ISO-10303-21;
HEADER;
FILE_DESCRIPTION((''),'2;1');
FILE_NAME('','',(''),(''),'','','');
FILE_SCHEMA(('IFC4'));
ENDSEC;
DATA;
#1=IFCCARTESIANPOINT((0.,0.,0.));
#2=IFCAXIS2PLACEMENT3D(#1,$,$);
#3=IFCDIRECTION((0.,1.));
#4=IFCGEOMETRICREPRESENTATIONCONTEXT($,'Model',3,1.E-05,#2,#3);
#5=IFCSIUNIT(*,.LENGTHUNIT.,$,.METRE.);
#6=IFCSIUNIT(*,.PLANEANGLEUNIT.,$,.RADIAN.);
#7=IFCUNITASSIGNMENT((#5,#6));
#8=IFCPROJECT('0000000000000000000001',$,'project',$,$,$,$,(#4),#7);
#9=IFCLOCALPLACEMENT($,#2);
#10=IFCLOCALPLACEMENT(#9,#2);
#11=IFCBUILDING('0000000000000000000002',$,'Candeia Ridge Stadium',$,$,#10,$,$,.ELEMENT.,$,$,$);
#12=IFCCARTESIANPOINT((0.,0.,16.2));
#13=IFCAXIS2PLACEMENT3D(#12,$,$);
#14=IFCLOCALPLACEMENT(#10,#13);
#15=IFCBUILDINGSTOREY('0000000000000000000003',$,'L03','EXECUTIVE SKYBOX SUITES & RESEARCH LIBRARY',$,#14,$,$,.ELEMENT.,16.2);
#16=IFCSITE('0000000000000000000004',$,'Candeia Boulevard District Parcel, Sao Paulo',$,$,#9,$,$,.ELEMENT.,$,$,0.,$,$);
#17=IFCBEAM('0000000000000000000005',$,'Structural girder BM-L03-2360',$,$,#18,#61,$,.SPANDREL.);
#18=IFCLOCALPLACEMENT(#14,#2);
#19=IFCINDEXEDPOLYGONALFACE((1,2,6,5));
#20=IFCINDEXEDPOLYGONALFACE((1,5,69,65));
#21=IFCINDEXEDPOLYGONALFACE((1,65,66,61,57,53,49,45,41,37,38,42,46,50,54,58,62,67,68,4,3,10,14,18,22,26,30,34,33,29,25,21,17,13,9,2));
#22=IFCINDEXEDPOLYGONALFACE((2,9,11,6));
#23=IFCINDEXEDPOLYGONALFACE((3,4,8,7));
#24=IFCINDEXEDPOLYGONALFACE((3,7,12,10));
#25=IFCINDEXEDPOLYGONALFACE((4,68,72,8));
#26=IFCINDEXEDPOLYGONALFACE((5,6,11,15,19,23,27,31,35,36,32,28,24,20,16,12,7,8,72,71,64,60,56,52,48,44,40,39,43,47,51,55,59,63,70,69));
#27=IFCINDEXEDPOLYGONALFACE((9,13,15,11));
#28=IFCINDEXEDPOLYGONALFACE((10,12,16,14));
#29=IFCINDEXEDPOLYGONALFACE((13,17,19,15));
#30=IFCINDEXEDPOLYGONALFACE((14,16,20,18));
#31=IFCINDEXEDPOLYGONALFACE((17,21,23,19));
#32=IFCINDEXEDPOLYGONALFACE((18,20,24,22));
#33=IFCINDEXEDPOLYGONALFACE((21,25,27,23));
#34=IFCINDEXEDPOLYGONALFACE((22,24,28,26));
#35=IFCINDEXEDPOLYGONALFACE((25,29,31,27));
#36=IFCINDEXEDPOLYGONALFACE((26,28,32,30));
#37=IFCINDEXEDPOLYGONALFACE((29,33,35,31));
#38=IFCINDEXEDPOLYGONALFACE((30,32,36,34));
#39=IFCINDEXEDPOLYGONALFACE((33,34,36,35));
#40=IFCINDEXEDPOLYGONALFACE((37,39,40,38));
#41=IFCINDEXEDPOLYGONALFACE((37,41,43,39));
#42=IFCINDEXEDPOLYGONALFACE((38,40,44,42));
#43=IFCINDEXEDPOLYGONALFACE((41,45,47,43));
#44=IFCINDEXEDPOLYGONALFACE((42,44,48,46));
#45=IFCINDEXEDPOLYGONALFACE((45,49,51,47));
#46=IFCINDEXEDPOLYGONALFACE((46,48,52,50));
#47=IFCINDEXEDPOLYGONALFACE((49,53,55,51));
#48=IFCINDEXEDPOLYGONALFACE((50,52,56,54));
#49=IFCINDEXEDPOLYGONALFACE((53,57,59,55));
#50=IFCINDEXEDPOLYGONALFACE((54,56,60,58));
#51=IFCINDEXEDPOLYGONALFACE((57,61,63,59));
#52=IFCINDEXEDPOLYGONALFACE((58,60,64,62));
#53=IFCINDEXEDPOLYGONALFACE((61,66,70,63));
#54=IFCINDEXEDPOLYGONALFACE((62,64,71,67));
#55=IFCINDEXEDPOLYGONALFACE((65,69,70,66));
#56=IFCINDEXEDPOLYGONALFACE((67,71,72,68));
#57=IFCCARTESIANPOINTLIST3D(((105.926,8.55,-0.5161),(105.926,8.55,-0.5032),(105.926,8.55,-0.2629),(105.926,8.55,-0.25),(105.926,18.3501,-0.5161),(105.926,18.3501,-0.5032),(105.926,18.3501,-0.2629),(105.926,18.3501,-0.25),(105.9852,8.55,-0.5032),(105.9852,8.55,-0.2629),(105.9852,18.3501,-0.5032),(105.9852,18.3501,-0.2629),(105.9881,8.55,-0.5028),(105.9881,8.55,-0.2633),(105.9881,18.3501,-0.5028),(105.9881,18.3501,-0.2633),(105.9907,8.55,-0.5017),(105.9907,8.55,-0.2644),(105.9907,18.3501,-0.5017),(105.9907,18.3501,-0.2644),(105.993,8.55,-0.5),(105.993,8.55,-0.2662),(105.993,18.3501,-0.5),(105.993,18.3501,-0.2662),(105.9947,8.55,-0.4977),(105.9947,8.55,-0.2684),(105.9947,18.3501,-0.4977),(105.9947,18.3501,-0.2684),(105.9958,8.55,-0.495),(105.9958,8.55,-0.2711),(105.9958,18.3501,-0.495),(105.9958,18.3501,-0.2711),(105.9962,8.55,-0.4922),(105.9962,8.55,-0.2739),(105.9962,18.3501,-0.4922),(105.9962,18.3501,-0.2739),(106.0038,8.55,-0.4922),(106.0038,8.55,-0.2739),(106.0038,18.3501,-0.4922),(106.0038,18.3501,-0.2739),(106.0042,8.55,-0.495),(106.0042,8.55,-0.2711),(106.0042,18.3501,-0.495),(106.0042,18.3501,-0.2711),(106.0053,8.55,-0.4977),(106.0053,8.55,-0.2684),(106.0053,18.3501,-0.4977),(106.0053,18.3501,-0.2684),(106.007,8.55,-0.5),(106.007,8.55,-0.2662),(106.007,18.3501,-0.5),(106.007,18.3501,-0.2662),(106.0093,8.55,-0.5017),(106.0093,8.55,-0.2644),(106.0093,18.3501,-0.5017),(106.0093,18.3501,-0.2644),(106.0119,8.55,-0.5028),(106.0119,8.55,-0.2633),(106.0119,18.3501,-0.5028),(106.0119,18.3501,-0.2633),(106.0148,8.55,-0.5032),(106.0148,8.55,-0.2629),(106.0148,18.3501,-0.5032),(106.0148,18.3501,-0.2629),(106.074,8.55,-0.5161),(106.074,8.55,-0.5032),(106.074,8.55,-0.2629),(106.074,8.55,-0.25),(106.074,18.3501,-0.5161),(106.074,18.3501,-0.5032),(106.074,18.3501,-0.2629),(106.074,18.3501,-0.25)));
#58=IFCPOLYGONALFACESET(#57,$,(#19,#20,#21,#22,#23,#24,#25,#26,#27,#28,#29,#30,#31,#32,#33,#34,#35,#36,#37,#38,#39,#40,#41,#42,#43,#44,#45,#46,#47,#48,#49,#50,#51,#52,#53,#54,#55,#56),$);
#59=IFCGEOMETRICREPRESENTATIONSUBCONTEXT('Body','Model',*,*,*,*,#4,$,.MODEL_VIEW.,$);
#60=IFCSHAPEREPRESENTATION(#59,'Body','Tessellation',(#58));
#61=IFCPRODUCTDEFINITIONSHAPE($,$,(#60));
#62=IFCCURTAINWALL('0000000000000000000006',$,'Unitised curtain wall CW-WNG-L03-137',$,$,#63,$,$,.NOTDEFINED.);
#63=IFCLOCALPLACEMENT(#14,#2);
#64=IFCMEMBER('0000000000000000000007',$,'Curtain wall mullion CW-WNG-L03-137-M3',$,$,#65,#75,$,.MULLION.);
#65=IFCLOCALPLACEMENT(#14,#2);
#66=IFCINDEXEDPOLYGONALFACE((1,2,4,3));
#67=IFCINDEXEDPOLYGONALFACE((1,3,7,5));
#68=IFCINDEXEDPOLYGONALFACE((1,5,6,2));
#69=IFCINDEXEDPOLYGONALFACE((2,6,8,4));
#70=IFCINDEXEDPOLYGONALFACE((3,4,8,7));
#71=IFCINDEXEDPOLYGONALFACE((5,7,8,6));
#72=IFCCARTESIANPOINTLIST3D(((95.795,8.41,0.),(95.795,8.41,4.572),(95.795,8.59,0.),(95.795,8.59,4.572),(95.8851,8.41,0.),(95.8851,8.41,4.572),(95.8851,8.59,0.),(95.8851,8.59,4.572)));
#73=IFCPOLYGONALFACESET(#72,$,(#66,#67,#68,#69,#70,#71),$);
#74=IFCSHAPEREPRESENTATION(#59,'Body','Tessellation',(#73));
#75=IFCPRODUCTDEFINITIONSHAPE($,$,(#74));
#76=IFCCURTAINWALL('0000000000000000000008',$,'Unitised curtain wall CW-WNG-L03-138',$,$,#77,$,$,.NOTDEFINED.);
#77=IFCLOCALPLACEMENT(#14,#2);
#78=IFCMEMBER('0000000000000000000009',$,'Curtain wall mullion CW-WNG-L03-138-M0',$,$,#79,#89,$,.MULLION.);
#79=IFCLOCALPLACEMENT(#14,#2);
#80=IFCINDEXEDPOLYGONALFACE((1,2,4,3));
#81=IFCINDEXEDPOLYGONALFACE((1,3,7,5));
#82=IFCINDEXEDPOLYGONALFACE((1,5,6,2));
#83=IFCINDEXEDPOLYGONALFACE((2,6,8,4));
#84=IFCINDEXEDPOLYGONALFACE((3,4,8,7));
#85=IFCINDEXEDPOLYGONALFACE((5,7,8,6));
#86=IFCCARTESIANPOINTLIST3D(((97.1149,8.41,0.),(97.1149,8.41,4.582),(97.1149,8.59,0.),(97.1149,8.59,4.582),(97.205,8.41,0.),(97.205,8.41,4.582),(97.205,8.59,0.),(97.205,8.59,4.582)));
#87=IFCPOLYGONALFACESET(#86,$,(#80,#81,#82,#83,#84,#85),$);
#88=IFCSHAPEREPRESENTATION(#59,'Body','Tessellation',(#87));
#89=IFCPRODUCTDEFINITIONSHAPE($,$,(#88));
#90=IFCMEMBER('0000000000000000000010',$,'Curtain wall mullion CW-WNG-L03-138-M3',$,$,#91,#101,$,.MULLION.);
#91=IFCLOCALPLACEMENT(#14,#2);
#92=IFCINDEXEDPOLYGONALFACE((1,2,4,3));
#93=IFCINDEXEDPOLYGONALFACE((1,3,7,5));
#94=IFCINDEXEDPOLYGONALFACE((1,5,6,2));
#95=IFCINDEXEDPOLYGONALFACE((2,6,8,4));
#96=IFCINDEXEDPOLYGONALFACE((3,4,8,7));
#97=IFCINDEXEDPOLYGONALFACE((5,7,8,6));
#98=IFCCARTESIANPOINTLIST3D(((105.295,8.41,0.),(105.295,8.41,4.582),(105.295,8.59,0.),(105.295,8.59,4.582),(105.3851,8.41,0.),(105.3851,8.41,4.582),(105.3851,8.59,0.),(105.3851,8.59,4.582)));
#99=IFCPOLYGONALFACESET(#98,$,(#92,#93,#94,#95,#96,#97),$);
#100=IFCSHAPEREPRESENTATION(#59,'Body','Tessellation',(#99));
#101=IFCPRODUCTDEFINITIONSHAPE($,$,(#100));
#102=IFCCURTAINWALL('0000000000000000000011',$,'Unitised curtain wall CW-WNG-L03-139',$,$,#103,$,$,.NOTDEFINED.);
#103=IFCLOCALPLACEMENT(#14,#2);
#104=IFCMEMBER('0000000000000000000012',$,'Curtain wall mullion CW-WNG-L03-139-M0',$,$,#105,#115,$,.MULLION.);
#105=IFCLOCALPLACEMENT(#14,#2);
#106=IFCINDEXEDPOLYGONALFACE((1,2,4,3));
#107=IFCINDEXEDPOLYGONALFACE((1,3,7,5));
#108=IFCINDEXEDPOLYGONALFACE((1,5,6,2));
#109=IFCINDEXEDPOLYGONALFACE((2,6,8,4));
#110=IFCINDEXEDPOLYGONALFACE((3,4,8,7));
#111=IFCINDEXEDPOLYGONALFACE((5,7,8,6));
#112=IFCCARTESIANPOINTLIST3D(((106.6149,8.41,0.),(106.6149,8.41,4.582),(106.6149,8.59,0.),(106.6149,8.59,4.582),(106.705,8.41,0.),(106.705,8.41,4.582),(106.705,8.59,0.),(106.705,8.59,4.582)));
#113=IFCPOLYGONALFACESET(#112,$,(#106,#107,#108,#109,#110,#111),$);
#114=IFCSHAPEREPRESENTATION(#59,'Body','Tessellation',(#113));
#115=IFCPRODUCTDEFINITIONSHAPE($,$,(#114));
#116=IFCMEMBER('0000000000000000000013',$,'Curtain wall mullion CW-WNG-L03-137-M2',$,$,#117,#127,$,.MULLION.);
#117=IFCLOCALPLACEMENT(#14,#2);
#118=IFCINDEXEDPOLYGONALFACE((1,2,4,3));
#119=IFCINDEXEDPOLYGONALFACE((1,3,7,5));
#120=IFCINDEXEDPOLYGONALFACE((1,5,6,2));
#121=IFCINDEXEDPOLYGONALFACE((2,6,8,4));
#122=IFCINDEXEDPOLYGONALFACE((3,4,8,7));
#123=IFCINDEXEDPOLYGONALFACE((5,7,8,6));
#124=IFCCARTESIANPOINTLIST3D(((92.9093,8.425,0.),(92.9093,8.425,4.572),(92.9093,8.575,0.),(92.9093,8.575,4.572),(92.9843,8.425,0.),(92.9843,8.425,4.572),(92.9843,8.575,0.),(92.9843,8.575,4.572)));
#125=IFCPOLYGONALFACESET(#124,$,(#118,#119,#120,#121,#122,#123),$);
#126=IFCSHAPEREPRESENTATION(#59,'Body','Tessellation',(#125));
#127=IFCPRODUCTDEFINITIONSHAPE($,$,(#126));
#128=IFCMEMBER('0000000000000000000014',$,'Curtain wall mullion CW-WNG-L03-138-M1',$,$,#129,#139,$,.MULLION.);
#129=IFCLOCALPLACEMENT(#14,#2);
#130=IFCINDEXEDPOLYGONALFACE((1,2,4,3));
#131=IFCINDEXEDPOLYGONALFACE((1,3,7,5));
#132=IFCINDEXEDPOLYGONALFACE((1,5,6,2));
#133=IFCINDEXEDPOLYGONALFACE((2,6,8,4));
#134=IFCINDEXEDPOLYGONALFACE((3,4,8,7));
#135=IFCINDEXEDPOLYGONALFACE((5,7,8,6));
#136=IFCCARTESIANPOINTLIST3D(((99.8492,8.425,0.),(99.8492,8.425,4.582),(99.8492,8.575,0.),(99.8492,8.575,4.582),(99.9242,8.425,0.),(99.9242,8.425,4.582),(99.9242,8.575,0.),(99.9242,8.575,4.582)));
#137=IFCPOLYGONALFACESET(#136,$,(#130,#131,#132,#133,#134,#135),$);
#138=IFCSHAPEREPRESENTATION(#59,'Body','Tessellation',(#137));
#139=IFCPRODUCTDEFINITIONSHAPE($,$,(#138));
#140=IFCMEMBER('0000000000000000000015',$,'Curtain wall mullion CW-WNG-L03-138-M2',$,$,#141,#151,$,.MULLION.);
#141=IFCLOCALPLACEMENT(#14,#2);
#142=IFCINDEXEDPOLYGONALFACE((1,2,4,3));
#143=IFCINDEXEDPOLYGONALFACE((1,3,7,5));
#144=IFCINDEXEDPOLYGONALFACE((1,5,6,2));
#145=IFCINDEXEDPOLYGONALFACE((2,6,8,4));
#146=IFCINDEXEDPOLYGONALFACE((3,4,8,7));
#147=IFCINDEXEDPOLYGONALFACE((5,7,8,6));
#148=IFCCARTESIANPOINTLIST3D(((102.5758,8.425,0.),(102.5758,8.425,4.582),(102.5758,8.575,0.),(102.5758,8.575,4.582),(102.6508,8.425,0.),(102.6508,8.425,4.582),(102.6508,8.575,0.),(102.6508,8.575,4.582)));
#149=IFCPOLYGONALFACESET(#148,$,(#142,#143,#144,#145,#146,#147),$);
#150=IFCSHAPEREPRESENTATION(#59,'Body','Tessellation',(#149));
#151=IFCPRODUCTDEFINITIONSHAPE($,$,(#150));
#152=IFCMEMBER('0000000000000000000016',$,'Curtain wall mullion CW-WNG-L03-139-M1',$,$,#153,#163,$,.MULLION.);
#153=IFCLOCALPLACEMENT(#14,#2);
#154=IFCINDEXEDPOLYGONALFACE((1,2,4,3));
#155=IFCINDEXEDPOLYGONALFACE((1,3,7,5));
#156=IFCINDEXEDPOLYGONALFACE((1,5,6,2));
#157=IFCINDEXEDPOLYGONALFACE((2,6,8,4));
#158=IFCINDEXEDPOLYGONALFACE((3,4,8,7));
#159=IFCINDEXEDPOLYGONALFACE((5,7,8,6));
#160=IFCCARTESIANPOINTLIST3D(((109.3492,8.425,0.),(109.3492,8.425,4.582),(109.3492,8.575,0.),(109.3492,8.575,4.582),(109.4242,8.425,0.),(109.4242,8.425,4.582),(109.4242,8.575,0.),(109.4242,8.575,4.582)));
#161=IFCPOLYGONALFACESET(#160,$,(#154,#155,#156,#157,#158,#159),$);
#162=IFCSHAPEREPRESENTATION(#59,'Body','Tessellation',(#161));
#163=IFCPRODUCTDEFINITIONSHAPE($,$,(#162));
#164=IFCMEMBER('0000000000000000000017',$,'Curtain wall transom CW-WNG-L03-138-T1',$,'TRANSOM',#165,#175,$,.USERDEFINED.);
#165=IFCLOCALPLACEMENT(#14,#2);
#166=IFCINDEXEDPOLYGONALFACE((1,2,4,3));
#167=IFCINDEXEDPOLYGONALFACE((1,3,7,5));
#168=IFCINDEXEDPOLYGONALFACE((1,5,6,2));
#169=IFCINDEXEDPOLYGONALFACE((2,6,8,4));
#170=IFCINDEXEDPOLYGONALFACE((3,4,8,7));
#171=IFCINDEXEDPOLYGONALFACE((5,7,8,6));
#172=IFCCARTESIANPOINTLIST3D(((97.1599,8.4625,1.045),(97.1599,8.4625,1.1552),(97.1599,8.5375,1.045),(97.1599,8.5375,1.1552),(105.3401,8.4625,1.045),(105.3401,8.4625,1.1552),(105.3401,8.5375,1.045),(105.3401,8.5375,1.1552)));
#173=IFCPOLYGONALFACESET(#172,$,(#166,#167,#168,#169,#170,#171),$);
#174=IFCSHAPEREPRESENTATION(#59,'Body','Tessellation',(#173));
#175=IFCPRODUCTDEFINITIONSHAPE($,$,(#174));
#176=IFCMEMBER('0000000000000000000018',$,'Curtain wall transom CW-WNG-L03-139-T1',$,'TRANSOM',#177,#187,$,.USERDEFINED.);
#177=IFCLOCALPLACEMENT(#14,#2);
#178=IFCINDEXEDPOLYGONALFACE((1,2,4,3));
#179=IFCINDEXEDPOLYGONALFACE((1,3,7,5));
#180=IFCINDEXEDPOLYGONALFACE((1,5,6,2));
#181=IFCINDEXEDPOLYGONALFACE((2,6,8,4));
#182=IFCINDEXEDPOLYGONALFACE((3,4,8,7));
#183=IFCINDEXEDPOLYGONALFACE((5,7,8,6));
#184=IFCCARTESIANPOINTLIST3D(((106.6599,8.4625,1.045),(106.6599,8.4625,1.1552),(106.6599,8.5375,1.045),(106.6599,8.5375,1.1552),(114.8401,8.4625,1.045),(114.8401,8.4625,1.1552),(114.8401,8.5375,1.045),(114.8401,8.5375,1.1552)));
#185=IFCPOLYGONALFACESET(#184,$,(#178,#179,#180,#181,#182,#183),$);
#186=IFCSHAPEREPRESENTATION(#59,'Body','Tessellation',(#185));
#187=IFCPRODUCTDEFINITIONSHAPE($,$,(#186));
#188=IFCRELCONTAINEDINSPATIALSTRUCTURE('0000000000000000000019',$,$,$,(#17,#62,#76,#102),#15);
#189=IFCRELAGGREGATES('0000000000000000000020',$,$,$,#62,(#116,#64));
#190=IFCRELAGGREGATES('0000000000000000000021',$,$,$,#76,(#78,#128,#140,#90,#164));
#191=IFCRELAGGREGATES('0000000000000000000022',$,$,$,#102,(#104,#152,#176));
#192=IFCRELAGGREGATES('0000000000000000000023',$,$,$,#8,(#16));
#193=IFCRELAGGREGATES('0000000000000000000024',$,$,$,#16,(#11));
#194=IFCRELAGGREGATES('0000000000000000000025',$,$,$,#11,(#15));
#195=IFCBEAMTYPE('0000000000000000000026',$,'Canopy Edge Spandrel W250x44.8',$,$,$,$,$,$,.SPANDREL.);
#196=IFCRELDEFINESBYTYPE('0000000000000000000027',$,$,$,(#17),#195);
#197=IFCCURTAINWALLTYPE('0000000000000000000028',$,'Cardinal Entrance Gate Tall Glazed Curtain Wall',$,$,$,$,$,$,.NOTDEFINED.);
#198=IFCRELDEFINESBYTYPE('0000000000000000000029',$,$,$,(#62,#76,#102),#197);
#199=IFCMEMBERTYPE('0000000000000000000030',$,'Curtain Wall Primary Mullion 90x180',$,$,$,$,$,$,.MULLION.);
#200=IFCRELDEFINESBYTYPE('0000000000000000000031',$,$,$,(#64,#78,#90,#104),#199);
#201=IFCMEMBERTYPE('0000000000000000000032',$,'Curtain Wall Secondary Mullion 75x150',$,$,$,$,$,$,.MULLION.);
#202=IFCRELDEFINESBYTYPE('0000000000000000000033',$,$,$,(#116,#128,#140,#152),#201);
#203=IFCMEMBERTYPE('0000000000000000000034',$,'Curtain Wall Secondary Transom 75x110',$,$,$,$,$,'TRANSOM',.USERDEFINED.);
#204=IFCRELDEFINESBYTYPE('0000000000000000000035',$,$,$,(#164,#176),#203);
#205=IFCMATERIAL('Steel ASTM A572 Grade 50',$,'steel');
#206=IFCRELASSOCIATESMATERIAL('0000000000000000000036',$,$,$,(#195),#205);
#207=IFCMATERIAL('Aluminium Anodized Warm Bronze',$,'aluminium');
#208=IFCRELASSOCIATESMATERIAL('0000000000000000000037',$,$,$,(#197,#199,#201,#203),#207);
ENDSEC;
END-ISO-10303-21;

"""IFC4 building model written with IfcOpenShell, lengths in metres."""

from ifc_helpers import new_model, si_unit, direction, frame, origin, origin_2d, place, context, subcontext, project, spatial, rectangle, i_section, extrude, material, material_profile, profile_set, type_object, element, aggregate, save


model = new_model("IFC4")

# Units and contexts
model_context = context("Model", 3, precision=1e-05, world=origin(), true_north=direction((0.0, 1.0)))
body_context = subcontext(model_context, "Body", "Model", "MODEL_VIEW")
ifc_project = project(units=[si_unit("LENGTHUNIT", "METRE"), si_unit("PLANEANGLEUNIT", "RADIAN")], contexts=[model_context])

# Site, building, storey
site_placement = place(None, origin())
site = spatial("IfcSite", under=ifc_project, at=site_placement, Name="Candeia Boulevard District Parcel, Sao Paulo", CompositionType="ELEMENT", RefElevation=0.0)
building_placement = place(site_placement, origin())
building = spatial("IfcBuilding", under=site, at=building_placement, Name="Candeia Ridge Stadium", CompositionType="ELEMENT")
storey_placement = place(building_placement, frame((0.0, 0.0, 16.2)))
storey = spatial("IfcBuildingStorey", under=building, at=storey_placement, Name="L03", Description="EXECUTIVE SKYBOX SUITES & RESEARCH LIBRARY", CompositionType="ELEMENT", Elevation=16.2)

# Shared definitions
ifc_material_1 = material(Name="Steel ASTM A572 Grade 50", Category="steel")

# Beam
ifc_material_profile_1 = material_profile(ifc_material_1, i_section(OverallWidth=0.1479, OverallDepth=0.2661, WebThickness=0.0076, FlangeThickness=0.0129, FilletRadius=0.011, at=origin_2d()), Name="W250x44.8", Category="steel")
ifc_profile_set_1 = profile_set([ifc_material_profile_1], Name="Steel ASTM A572 Grade 50")
beam_type_1 = type_object("IfcBeamType", Name="Canopy Edge Spandrel W250x44.8", PredefinedType="SPANDREL", material=ifc_profile_set_1)
for number, where, z_axis, x_axis, name in (
    (1, (106.0, 8.55, -0.3831), (0.0, 1.0, 0.0), (-1.0, 0.0, 0.0), "Structural girder BM-L03-2360"),
):
    element("IfcBeam", number, at=place(storey_placement, frame(where, z_axis=z_axis, x_axis=x_axis)), inside=storey, type_object=beam_type_1, Name=name, PredefinedType="SPANDREL", context=body_context, shape_type="SweptSolid", body=[
        extrude(i_section(OverallWidth=0.1479, OverallDepth=0.2661, WebThickness=0.0076, FlangeThickness=0.0129, FilletRadius=0.011, at=origin_2d()), origin(), (0.0, 0.0, 1.0), 9.8),
    ])

# Curtain wall, member
ifc_material_2 = material(Name="Aluminium Anodized Warm Bronze", Category="aluminium")
curtain_wall_type = type_object("IfcCurtainWallType", Name="Cardinal Entrance Gate Tall Glazed Curtain Wall", PredefinedType="NOTDEFINED", material=ifc_material_2)
curtain_wall_1_placement = place(storey_placement, origin())
curtain_wall_1 = element("IfcCurtainWall", 2, at=curtain_wall_1_placement, inside=storey, type_object=curtain_wall_type, Name="Unitised curtain wall CW-WNG-L03-137", PredefinedType="NOTDEFINED")
ifc_material_profile_2 = material_profile(ifc_material_2, rectangle(XDim=0.0901, YDim=0.1799, at=origin_2d()), Name="CWM-90x180", Category="aluminium")
ifc_profile_set_2 = profile_set([ifc_material_profile_2], Name="Aluminium Anodized Warm Bronze")
member_type_1 = type_object("IfcMemberType", Name="Curtain Wall Primary Mullion 90x180", PredefinedType="MULLION", material=ifc_profile_set_2)
member_1_placement = place(storey_placement, frame((95.8401, 8.5, 0.0), z_axis=(0.0, 0.0, 1.0), x_axis=(1.0, 0.0, 0.0)))
member_1 = element("IfcMember", 3, at=member_1_placement, type_object=member_type_1, Name="Curtain wall mullion CW-WNG-L03-137-M3", PredefinedType="MULLION", context=body_context, shape_type="SweptSolid", body=[
    extrude(rectangle(XDim=0.0901, YDim=0.1799, at=origin_2d()), origin(), (0.0, 0.0, 1.0), 4.572),
])

# Curtain wall, members
curtain_wall_2_placement = place(storey_placement, origin())
curtain_wall_2 = element("IfcCurtainWall", 4, at=curtain_wall_2_placement, inside=storey, type_object=curtain_wall_type, Name="Unitised curtain wall CW-WNG-L03-138", PredefinedType="NOTDEFINED")
member_2_placement = place(storey_placement, frame((97.1599, 8.5, 0.0), z_axis=(0.0, 0.0, 1.0), x_axis=(1.0, 0.0, 0.0)))
member_2 = element("IfcMember", 5, at=member_2_placement, type_object=member_type_1, Name="Curtain wall mullion CW-WNG-L03-138-M0", PredefinedType="MULLION", context=body_context, shape_type="SweptSolid", body=[
    extrude(rectangle(XDim=0.0901, YDim=0.1799, at=origin_2d()), origin(), (0.0, 0.0, 1.0), 4.582),
])
member_3_placement = place(storey_placement, frame((105.3401, 8.5, 0.0), z_axis=(0.0, 0.0, 1.0), x_axis=(1.0, 0.0, 0.0)))
member_3 = element("IfcMember", 6, at=member_3_placement, type_object=member_type_1, Name="Curtain wall mullion CW-WNG-L03-138-M3", PredefinedType="MULLION", context=body_context, shape_type="SweptSolid", body=[
    extrude(rectangle(XDim=0.0901, YDim=0.1799, at=origin_2d()), origin(), (0.0, 0.0, 1.0), 4.582),
])

# Curtain wall, member
curtain_wall_3_placement = place(storey_placement, origin())
curtain_wall_3 = element("IfcCurtainWall", 7, at=curtain_wall_3_placement, inside=storey, type_object=curtain_wall_type, Name="Unitised curtain wall CW-WNG-L03-139", PredefinedType="NOTDEFINED")
member_4_placement = place(storey_placement, frame((106.6599, 8.5, 0.0), z_axis=(0.0, 0.0, 1.0), x_axis=(1.0, 0.0, 0.0)))
member_4 = element("IfcMember", 8, at=member_4_placement, type_object=member_type_1, Name="Curtain wall mullion CW-WNG-L03-139-M0", PredefinedType="MULLION", context=body_context, shape_type="SweptSolid", body=[
    extrude(rectangle(XDim=0.0901, YDim=0.1799, at=origin_2d()), origin(), (0.0, 0.0, 1.0), 4.582),
])

# Members
ifc_material_profile_3 = material_profile(ifc_material_2, rectangle(XDim=0.075, YDim=0.1499, at=origin_2d()), Name="CWM-75x150", Category="aluminium")
ifc_profile_set_3 = profile_set([ifc_material_profile_3], Name="Aluminium Anodized Warm Bronze")
member_type_2 = type_object("IfcMemberType", Name="Curtain Wall Secondary Mullion 75x150", PredefinedType="MULLION", material=ifc_profile_set_3)
member_5_placement = place(storey_placement, frame((92.9468, 8.5, 0.0), z_axis=(0.0, 0.0, 1.0), x_axis=(1.0, 0.0, 0.0)))
member_5 = element("IfcMember", 9, at=member_5_placement, type_object=member_type_2, Name="Curtain wall mullion CW-WNG-L03-137-M2", PredefinedType="MULLION", context=body_context, shape_type="SweptSolid", body=[
    extrude(rectangle(XDim=0.075, YDim=0.1499, at=origin_2d()), origin(), (0.0, 0.0, 1.0), 4.572),
])
member_6_placement = place(storey_placement, frame((99.8867, 8.5, 0.0), z_axis=(0.0, 0.0, 1.0), x_axis=(1.0, 0.0, 0.0)))
member_6 = element("IfcMember", 10, at=member_6_placement, type_object=member_type_2, Name="Curtain wall mullion CW-WNG-L03-138-M1", PredefinedType="MULLION", context=body_context, shape_type="SweptSolid", body=[
    extrude(rectangle(XDim=0.075, YDim=0.1499, at=origin_2d()), origin(), (0.0, 0.0, 1.0), 4.582),
])
member_7_placement = place(storey_placement, frame((102.6133, 8.5, 0.0), z_axis=(0.0, 0.0, 1.0), x_axis=(1.0, 0.0, 0.0)))
member_7 = element("IfcMember", 11, at=member_7_placement, type_object=member_type_2, Name="Curtain wall mullion CW-WNG-L03-138-M2", PredefinedType="MULLION", context=body_context, shape_type="SweptSolid", body=[
    extrude(rectangle(XDim=0.075, YDim=0.1499, at=origin_2d()), origin(), (0.0, 0.0, 1.0), 4.582),
])
member_8_placement = place(storey_placement, frame((109.3867, 8.5, 0.0), z_axis=(0.0, 0.0, 1.0), x_axis=(1.0, 0.0, 0.0)))
member_8 = element("IfcMember", 12, at=member_8_placement, type_object=member_type_2, Name="Curtain wall mullion CW-WNG-L03-139-M1", PredefinedType="MULLION", context=body_context, shape_type="SweptSolid", body=[
    extrude(rectangle(XDim=0.075, YDim=0.1499, at=origin_2d()), origin(), (0.0, 0.0, 1.0), 4.582),
])
ifc_material_profile_4 = material_profile(ifc_material_2, rectangle(XDim=0.075, YDim=0.1101, at=origin_2d()), Name="CWT-75x110", Category="aluminium")
ifc_profile_set_4 = profile_set([ifc_material_profile_4], Name="Aluminium Anodized Warm Bronze")
member_type_3 = type_object("IfcMemberType", Name="Curtain Wall Secondary Transom 75x110", ElementType="TRANSOM", PredefinedType="USERDEFINED", material=ifc_profile_set_4)
member_9_placement = place(storey_placement, frame((97.1599, 8.5, 1.1001), z_axis=(1.0, 0.0, 0.0), x_axis=(0.0, 1.0, 0.0)))
member_9 = element("IfcMember", 13, at=member_9_placement, type_object=member_type_3, Name="Curtain wall transom CW-WNG-L03-138-T1", ObjectType="TRANSOM", PredefinedType="USERDEFINED", context=body_context, shape_type="SweptSolid", body=[
    extrude(rectangle(XDim=0.075, YDim=0.1101, at=origin_2d()), origin(), (0.0, 0.0, 1.0), 8.1802),
])
member_10_placement = place(storey_placement, frame((106.6599, 8.5, 1.1001), z_axis=(1.0, 0.0, 0.0), x_axis=(0.0, 1.0, 0.0)))
member_10 = element("IfcMember", 14, at=member_10_placement, type_object=member_type_3, Name="Curtain wall transom CW-WNG-L03-139-T1", ObjectType="TRANSOM", PredefinedType="USERDEFINED", context=body_context, shape_type="SweptSolid", body=[
    extrude(rectangle(XDim=0.075, YDim=0.1101, at=origin_2d()), origin(), (0.0, 0.0, 1.0), 8.1802),
])

aggregate(curtain_wall_1, [member_5, member_1])
aggregate(curtain_wall_2, [member_2, member_6, member_7, member_3, member_9])
aggregate(curtain_wall_3, [member_4, member_8, member_10])

save(model, "model.ifc")
